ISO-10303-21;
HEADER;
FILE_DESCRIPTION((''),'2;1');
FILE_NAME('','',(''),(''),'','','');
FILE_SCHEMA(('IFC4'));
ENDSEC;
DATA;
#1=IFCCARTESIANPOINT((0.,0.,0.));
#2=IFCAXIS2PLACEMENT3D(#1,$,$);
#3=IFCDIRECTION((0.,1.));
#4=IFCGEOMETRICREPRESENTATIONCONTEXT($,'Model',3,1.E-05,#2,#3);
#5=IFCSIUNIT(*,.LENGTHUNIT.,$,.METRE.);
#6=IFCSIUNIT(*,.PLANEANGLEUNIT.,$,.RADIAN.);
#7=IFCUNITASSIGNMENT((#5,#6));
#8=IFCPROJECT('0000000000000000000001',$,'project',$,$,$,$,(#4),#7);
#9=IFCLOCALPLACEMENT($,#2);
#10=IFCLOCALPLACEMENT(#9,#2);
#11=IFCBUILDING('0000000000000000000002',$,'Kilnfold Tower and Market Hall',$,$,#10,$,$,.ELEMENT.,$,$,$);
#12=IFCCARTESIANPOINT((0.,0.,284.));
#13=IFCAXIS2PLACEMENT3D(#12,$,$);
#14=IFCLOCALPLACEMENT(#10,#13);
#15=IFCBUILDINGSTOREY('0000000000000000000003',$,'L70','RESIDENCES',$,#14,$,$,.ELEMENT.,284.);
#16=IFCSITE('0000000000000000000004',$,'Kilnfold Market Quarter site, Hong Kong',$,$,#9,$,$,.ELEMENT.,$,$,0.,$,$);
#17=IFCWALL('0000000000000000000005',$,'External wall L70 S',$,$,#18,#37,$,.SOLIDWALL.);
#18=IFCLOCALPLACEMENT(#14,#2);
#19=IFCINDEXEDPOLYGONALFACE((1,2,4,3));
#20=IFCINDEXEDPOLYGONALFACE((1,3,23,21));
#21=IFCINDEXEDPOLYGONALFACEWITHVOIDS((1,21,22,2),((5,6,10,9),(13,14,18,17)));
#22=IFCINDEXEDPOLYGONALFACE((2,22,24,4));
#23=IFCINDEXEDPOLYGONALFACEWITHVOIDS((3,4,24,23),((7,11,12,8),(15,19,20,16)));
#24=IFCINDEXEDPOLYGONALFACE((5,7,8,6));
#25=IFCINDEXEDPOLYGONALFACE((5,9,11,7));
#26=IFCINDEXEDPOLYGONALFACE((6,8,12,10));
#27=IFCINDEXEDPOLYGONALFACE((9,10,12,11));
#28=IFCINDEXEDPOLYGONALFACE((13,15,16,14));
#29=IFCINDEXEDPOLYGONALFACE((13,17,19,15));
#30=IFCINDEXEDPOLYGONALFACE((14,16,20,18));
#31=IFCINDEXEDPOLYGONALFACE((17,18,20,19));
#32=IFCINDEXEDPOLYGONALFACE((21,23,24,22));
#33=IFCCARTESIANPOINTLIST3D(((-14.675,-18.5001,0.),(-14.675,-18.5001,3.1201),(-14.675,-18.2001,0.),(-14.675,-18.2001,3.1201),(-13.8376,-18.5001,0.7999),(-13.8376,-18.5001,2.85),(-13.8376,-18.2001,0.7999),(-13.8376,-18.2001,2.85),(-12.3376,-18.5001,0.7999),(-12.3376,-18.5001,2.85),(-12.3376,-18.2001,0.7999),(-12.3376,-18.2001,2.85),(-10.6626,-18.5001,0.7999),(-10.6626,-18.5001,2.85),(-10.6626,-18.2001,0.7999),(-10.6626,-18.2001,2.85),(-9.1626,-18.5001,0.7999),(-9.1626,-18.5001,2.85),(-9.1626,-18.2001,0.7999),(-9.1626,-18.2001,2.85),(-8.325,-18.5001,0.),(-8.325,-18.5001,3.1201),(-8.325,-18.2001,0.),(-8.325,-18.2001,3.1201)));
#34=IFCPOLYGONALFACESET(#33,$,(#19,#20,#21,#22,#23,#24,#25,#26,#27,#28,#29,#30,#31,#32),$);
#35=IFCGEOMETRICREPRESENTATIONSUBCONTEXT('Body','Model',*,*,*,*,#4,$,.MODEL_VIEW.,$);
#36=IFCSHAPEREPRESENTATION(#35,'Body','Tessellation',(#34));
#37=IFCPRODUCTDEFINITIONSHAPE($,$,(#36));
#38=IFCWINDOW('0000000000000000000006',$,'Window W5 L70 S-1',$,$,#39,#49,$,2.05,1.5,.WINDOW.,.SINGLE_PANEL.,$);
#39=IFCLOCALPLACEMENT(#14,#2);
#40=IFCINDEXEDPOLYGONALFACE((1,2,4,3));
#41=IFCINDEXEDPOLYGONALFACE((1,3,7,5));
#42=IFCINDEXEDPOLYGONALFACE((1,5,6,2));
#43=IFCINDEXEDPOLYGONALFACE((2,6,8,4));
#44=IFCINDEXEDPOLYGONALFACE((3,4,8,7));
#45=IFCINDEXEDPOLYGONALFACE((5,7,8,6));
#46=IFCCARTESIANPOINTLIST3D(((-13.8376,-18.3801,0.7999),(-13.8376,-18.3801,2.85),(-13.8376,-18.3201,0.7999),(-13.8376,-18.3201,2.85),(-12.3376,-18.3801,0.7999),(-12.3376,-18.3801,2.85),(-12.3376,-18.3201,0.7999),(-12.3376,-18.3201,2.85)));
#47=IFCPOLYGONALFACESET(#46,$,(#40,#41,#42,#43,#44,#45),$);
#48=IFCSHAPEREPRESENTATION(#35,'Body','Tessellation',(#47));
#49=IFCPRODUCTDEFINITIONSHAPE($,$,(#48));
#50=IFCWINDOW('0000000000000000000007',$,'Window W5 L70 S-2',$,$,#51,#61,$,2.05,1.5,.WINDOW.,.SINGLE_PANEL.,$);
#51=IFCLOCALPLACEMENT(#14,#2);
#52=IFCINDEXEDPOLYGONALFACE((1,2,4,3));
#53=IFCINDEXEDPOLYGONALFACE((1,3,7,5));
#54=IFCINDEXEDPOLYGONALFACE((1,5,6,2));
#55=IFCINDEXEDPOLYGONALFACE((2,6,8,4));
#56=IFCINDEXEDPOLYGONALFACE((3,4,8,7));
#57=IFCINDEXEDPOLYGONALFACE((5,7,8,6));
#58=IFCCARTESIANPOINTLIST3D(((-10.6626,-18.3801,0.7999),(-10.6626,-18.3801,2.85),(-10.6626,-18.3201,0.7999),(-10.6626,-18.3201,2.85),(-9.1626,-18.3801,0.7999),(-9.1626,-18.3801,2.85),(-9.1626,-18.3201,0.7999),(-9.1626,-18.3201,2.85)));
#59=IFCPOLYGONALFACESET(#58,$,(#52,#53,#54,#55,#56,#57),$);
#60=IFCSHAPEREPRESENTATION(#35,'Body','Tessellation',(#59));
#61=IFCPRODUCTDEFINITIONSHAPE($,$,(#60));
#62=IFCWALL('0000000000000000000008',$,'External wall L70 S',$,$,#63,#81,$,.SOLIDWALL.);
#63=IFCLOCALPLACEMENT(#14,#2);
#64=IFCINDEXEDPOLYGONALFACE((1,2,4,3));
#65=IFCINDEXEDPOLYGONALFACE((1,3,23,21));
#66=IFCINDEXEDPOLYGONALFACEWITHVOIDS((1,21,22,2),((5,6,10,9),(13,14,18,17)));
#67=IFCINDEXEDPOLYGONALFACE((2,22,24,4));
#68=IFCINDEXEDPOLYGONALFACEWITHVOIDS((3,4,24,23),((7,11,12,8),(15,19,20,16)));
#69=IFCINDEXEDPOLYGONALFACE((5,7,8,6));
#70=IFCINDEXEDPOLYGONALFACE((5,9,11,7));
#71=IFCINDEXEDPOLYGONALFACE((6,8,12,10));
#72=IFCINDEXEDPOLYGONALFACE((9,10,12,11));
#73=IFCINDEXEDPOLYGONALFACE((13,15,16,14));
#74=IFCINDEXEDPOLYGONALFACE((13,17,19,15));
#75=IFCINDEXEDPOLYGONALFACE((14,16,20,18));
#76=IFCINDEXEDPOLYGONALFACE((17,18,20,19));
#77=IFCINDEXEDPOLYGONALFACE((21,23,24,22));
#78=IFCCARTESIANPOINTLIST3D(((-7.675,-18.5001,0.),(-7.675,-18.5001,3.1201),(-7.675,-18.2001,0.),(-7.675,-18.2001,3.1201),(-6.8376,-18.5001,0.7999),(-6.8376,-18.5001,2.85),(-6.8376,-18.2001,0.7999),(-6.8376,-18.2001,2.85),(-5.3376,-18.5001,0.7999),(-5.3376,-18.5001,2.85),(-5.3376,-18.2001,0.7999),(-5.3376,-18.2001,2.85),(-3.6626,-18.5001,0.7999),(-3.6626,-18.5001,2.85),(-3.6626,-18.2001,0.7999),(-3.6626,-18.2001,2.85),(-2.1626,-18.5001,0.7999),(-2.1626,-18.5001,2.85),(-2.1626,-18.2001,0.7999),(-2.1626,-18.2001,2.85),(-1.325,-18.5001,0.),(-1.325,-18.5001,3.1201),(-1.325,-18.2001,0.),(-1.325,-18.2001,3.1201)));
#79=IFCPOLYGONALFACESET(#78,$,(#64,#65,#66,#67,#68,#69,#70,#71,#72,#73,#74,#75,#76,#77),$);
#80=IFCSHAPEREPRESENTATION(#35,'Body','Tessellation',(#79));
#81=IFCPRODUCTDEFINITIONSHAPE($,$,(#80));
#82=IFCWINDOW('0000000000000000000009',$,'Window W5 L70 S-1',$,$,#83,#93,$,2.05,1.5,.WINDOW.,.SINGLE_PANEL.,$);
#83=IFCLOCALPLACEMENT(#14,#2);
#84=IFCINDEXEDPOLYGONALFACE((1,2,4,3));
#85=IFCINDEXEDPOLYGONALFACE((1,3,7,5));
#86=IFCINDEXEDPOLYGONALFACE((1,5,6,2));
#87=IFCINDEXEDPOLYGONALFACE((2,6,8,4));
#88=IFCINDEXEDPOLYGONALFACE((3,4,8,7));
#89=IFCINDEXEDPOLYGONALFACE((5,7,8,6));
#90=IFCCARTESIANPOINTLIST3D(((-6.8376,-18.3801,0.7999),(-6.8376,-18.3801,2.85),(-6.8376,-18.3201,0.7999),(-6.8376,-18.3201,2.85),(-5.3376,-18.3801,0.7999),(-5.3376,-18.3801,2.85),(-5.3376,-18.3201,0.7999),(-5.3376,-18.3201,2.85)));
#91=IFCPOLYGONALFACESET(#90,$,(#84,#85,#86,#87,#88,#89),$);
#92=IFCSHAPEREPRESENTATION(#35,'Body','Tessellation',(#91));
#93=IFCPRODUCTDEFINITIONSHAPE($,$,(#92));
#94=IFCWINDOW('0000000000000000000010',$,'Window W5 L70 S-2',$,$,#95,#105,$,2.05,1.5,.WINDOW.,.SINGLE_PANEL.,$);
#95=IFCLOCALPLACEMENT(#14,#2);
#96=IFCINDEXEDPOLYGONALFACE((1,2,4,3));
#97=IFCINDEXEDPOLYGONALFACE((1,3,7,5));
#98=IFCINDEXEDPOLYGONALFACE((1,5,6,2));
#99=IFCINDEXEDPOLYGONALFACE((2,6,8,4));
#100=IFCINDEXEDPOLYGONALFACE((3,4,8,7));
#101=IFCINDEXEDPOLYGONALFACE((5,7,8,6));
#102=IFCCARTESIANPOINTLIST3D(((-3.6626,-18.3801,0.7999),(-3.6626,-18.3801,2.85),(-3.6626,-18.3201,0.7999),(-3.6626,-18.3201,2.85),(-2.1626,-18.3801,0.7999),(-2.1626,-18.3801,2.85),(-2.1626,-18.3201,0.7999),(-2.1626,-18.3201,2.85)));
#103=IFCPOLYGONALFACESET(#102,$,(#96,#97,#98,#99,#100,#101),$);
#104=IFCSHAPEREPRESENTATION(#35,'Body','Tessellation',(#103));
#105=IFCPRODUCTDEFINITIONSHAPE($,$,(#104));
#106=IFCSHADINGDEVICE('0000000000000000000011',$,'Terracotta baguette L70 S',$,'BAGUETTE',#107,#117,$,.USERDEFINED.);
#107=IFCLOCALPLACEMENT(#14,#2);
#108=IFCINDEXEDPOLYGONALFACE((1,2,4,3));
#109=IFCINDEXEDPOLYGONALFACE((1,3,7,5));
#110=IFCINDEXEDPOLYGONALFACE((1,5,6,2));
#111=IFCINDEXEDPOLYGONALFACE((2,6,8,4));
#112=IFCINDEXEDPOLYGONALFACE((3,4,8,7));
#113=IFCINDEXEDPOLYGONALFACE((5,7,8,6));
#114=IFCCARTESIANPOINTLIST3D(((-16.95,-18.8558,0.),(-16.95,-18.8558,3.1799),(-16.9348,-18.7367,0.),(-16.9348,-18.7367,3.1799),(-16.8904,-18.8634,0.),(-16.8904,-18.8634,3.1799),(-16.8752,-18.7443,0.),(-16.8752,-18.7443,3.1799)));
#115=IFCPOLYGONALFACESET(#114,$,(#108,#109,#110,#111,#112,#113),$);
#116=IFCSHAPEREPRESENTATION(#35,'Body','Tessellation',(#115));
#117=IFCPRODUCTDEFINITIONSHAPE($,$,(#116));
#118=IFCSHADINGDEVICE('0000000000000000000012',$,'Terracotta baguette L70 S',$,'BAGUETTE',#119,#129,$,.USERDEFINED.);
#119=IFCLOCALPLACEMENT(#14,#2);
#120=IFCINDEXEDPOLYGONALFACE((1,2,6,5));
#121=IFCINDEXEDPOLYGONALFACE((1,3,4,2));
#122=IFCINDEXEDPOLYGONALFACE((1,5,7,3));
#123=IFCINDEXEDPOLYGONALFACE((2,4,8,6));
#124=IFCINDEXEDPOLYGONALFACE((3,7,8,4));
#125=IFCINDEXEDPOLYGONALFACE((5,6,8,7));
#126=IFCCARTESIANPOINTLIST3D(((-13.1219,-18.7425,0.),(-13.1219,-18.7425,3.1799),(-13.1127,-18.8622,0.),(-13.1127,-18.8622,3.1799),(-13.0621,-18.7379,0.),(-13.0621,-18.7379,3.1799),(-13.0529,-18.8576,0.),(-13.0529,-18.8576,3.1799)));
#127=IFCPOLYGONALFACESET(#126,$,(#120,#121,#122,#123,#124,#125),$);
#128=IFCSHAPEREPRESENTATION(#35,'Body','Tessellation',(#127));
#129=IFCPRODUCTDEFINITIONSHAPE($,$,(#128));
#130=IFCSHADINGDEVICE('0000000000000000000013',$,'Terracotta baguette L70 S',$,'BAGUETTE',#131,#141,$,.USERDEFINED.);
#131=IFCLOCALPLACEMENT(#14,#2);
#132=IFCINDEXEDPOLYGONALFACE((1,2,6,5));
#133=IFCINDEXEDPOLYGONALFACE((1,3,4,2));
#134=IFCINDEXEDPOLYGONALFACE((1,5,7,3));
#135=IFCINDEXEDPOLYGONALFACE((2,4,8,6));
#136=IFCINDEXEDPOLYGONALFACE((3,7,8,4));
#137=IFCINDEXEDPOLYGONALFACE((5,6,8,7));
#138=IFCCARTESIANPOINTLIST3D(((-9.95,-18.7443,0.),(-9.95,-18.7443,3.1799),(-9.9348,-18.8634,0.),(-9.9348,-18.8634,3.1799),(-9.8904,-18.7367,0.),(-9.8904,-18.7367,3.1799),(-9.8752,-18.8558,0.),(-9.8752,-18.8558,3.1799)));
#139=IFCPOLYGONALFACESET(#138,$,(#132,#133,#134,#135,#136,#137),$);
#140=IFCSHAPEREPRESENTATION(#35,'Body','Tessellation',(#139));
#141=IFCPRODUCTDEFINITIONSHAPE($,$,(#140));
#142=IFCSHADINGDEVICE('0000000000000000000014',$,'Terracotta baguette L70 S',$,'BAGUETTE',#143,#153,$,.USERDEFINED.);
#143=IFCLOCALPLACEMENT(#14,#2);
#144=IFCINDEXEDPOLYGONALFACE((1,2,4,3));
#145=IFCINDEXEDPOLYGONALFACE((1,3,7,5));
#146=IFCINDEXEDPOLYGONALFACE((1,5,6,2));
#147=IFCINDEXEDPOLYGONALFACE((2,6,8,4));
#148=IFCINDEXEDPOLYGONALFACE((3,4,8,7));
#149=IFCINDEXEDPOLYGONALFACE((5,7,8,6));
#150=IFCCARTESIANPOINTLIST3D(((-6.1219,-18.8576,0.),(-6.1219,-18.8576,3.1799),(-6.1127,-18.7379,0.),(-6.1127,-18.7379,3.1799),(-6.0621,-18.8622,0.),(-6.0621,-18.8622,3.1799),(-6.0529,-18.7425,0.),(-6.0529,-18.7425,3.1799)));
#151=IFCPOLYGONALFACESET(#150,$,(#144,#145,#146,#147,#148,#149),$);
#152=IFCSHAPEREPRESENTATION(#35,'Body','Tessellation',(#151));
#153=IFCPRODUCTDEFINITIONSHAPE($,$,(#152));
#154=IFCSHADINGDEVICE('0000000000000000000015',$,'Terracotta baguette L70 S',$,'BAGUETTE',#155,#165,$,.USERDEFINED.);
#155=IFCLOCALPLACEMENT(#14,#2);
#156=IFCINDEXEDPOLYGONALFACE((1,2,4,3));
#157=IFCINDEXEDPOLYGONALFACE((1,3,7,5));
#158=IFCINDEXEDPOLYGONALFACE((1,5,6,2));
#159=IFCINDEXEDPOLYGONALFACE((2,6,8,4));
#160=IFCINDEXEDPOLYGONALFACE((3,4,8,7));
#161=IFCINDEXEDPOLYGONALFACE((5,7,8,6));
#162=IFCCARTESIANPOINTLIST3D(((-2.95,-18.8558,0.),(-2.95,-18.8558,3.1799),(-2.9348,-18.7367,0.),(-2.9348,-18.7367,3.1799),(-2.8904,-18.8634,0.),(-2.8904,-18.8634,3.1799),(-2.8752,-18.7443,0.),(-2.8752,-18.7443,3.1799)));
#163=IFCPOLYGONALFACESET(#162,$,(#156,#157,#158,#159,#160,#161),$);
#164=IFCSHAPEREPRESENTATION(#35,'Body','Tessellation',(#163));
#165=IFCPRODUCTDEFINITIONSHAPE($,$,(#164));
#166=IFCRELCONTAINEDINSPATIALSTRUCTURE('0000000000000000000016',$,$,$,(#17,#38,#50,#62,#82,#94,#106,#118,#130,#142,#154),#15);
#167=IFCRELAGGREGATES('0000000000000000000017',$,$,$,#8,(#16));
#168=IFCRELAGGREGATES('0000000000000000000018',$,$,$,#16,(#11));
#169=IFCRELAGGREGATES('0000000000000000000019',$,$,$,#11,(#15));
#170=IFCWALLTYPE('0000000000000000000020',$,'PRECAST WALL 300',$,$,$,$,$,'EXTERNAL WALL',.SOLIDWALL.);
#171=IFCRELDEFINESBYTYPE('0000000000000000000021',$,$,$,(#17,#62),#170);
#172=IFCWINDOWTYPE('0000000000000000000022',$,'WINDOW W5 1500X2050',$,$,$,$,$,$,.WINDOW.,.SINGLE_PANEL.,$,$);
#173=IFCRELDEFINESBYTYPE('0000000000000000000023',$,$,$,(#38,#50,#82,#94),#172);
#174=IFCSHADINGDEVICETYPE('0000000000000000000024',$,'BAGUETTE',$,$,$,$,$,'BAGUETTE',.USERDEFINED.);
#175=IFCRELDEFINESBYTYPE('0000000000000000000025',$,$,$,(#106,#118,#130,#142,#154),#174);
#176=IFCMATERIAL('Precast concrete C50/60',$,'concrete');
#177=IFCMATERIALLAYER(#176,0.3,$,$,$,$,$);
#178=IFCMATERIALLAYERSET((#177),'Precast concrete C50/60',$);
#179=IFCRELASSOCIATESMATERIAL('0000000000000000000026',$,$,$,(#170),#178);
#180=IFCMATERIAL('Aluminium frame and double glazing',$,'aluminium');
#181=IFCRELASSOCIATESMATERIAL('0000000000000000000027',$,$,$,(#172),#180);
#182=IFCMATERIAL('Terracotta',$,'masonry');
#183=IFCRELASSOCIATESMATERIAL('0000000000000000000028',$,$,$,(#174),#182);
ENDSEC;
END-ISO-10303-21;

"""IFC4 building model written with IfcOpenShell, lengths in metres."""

from ifc_helpers import new_model, si_unit, direction, frame, frame_2d, origin, origin_2d, place, context, subcontext, project, spatial, rectangle, extrude, source, transform, mapped, material, layer, layer_set, material_profile, profile_set, type_object, element, fill, save


model = new_model("IFC4")

# Units and contexts
model_context = context("Model", 3, precision=1e-05, world=origin(), true_north=direction((0.0, 1.0)))
body_context = subcontext(model_context, "Body", "Model", "MODEL_VIEW")
ifc_project = project(units=[si_unit("LENGTHUNIT", "METRE"), si_unit("PLANEANGLEUNIT", "RADIAN")], contexts=[model_context])

# Site, building, storey
site_placement = place(None, origin())
site = spatial("IfcSite", under=ifc_project, at=site_placement, Name="Kilnfold Market Quarter site, Hong Kong", CompositionType="ELEMENT", RefElevation=0.0)
building_placement = place(site_placement, origin())
building = spatial("IfcBuilding", under=site, at=building_placement, Name="Kilnfold Tower and Market Hall", CompositionType="ELEMENT")
storey_placement = place(building_placement, frame((0.0, 0.0, 284.0)))
storey = spatial("IfcBuildingStorey", under=building, at=storey_placement, Name="L70", Description="RESIDENCES", CompositionType="ELEMENT", Elevation=284.0)

# Walls, openings, windows
ifc_material_1 = material(Name="Precast concrete C50/60", Category="concrete")
ifc_layer_1 = layer(ifc_material_1, 0.3)
ifc_layer_set_1 = layer_set([ifc_layer_1], Name="Precast concrete C50/60")
wall_type_1 = type_object("IfcWallType", Name="PRECAST WALL 300", ElementType="EXTERNAL WALL", PredefinedType="SOLIDWALL", material=ifc_layer_set_1)
shared_shape_1 = source(origin(), body_context, "Body", "SweptSolid", [
    extrude(rectangle(XDim=6.3501, YDim=0.3, at=frame_2d((3.175, 0.0))), origin(), (0.0, 0.0, 1.0), 3.1201),
])
wall_1_placement = place(storey_placement, frame((-14.675, -18.3501, 0.0), z_axis=(0.0, 0.0, 1.0), x_axis=(1.0, 0.0, 0.0)))
wall_1 = element("IfcWall", 1, at=wall_1_placement, inside=storey, type_object=wall_type_1, Name="External wall L70 S", PredefinedType="SOLIDWALL", context=body_context, shape_type="MappedRepresentation", body=[
    mapped(shared_shape_1, transform((0.0, 0.0, 0.0))),
])
opening_1_placement = place(wall_1_placement, frame((0.8374, 0.0, 0.8)))
opening_1 = element("IfcOpeningElement", 2, at=opening_1_placement, cuts=wall_1, PredefinedType="OPENING", context=body_context, shape_type="SweptSolid", body=[
    extrude(rectangle(XDim=1.5, YDim=2.05, at=frame_2d((0.75, 1.0249))), frame((0.0, 0.1602, 0.0), z_axis=(0.0, -1.0, 0.0), x_axis=(1.0, 0.0, 0.0)), (0.0, 0.0, 1.0), 0.3201),
])
opening_2_placement = place(wall_1_placement, frame((4.0125, 0.0, 0.8)))
opening_2 = element("IfcOpeningElement", 3, at=opening_2_placement, cuts=wall_1, PredefinedType="OPENING", context=body_context, shape_type="SweptSolid", body=[
    extrude(rectangle(XDim=1.5, YDim=2.05, at=frame_2d((0.75, 1.0249))), frame((0.0, 0.1602, 0.0), z_axis=(0.0, -1.0, 0.0), x_axis=(1.0, 0.0, 0.0)), (0.0, 0.0, 1.0), 0.3201),
])
ifc_material_2 = material(Name="Aluminium frame and double glazing", Category="aluminium")
window_type = type_object("IfcWindowType", Name="WINDOW W5 1500X2050", PartitioningType="SINGLE_PANEL", PredefinedType="WINDOW", material=ifc_material_2)
window_1_placement = place(opening_1_placement, origin())
window_1 = element("IfcWindow", 4, at=window_1_placement, inside=storey, type_object=window_type, Name="Window W5 L70 S-1", OverallHeight=2.05, OverallWidth=1.5, PartitioningType="SINGLE_PANEL", PredefinedType="WINDOW", context=body_context, shape_type="SweptSolid", body=[
    extrude(rectangle(XDim=1.5, YDim=2.05, at=frame_2d((0.75, 1.0249))), frame((0.0, 0.03, 0.0), z_axis=(0.0, -1.0, 0.0), x_axis=(1.0, 0.0, 0.0)), (0.0, 0.0, 1.0), 0.0601),
])
fill(opening_1, window_1)
window_2_placement = place(opening_2_placement, origin())
window_2 = element("IfcWindow", 5, at=window_2_placement, inside=storey, type_object=window_type, Name="Window W5 L70 S-2", OverallHeight=2.05, OverallWidth=1.5, PartitioningType="SINGLE_PANEL", PredefinedType="WINDOW", context=body_context, shape_type="SweptSolid", body=[
    extrude(rectangle(XDim=1.5, YDim=2.05, at=frame_2d((0.75, 1.0249))), frame((0.0, 0.03, 0.0), z_axis=(0.0, -1.0, 0.0), x_axis=(1.0, 0.0, 0.0)), (0.0, 0.0, 1.0), 0.0601),
])
fill(opening_2, window_2)
wall_2_placement = place(storey_placement, frame((-7.675, -18.3501, 0.0), z_axis=(0.0, 0.0, 1.0), x_axis=(1.0, 0.0, 0.0)))
wall_2 = element("IfcWall", 6, at=wall_2_placement, inside=storey, type_object=wall_type_1, Name="External wall L70 S", PredefinedType="SOLIDWALL", context=body_context, shape_type="MappedRepresentation", body=[
    mapped(shared_shape_1, transform((0.0, 0.0, 0.0))),
])
opening_3_placement = place(wall_2_placement, frame((0.8374, 0.0, 0.8)))
opening_3 = element("IfcOpeningElement", 7, at=opening_3_placement, cuts=wall_2, PredefinedType="OPENING", context=body_context, shape_type="SweptSolid", body=[
    extrude(rectangle(XDim=1.5, YDim=2.05, at=frame_2d((0.75, 1.0249))), frame((0.0, 0.1602, 0.0), z_axis=(0.0, -1.0, 0.0), x_axis=(1.0, 0.0, 0.0)), (0.0, 0.0, 1.0), 0.3201),
])
opening_4_placement = place(wall_2_placement, frame((4.0125, 0.0, 0.8)))
opening_4 = element("IfcOpeningElement", 8, at=opening_4_placement, cuts=wall_2, PredefinedType="OPENING", context=body_context, shape_type="SweptSolid", body=[
    extrude(rectangle(XDim=1.5, YDim=2.05, at=frame_2d((0.75, 1.0249))), frame((0.0, 0.1602, 0.0), z_axis=(0.0, -1.0, 0.0), x_axis=(1.0, 0.0, 0.0)), (0.0, 0.0, 1.0), 0.3201),
])
window_3_placement = place(opening_3_placement, origin())
window_3 = element("IfcWindow", 9, at=window_3_placement, inside=storey, type_object=window_type, Name="Window W5 L70 S-1", OverallHeight=2.05, OverallWidth=1.5, PartitioningType="SINGLE_PANEL", PredefinedType="WINDOW", context=body_context, shape_type="SweptSolid", body=[
    extrude(rectangle(XDim=1.5, YDim=2.05, at=frame_2d((0.75, 1.0249))), frame((0.0, 0.03, 0.0), z_axis=(0.0, -1.0, 0.0), x_axis=(1.0, 0.0, 0.0)), (0.0, 0.0, 1.0), 0.0601),
])
fill(opening_3, window_3)
window_4_placement = place(opening_4_placement, origin())
window_4 = element("IfcWindow", 10, at=window_4_placement, inside=storey, type_object=window_type, Name="Window W5 L70 S-2", OverallHeight=2.05, OverallWidth=1.5, PartitioningType="SINGLE_PANEL", PredefinedType="WINDOW", context=body_context, shape_type="SweptSolid", body=[
    extrude(rectangle(XDim=1.5, YDim=2.05, at=frame_2d((0.75, 1.0249))), frame((0.0, 0.03, 0.0), z_axis=(0.0, -1.0, 0.0), x_axis=(1.0, 0.0, 0.0)), (0.0, 0.0, 1.0), 0.0601),
])
fill(opening_4, window_4)

# Shading devices
ifc_material_3 = material(Name="Terracotta", Category="masonry")
ifc_material_profile_1 = material_profile(ifc_material_3, rectangle(XDim=0.0601, YDim=0.1201, at=origin_2d()), Name="BAG 60x120")
ifc_profile_set_1 = profile_set([ifc_material_profile_1], Name="Terracotta")
shading_device_type = type_object("IfcShadingDeviceType", Name="BAGUETTE", ElementType="BAGUETTE", PredefinedType="USERDEFINED", material=ifc_profile_set_1)
shared_shape_2 = source(origin(), body_context, "Body", "SweptSolid", [
    extrude(rectangle(XDim=0.0601, YDim=0.1201, at=origin_2d()), origin(), (0.0, 0.0, 1.0), 3.1799),
])
for number, where, z_axis, x_axis, name in (
    (11, (-16.9126, -18.8, 0.0), (0.0, 0.0, 1.0), (0.992001, -0.126227, 0.0), "Terracotta baguette L70 S"),
    (12, (-13.0874, -18.8, 0.0), (0.0, 0.0, 1.0), (0.997057, 0.076662, 0.0), "Terracotta baguette L70 S"),
    (13, (-9.9126, -18.8, 0.0), (0.0, 0.0, 1.0), (0.992001, 0.126227, 0.0), "Terracotta baguette L70 S"),
    (14, (-6.0874, -18.8, 0.0), (0.0, 0.0, 1.0), (0.997057, -0.076662, 0.0), "Terracotta baguette L70 S"),
    (15, (-2.9126, -18.8, 0.0), (0.0, 0.0, 1.0), (0.992001, -0.126227, 0.0), "Terracotta baguette L70 S"),
):
    element("IfcShadingDevice", number, at=place(storey_placement, frame(where, z_axis=z_axis, x_axis=x_axis)), inside=storey, type_object=shading_device_type, Name=name, ObjectType="BAGUETTE", PredefinedType="USERDEFINED", context=body_context, shape_type="MappedRepresentation", body=[
        mapped(shared_shape_2, transform((0.0, 0.0, 0.0))),
    ])

save(model, "model.ifc")
